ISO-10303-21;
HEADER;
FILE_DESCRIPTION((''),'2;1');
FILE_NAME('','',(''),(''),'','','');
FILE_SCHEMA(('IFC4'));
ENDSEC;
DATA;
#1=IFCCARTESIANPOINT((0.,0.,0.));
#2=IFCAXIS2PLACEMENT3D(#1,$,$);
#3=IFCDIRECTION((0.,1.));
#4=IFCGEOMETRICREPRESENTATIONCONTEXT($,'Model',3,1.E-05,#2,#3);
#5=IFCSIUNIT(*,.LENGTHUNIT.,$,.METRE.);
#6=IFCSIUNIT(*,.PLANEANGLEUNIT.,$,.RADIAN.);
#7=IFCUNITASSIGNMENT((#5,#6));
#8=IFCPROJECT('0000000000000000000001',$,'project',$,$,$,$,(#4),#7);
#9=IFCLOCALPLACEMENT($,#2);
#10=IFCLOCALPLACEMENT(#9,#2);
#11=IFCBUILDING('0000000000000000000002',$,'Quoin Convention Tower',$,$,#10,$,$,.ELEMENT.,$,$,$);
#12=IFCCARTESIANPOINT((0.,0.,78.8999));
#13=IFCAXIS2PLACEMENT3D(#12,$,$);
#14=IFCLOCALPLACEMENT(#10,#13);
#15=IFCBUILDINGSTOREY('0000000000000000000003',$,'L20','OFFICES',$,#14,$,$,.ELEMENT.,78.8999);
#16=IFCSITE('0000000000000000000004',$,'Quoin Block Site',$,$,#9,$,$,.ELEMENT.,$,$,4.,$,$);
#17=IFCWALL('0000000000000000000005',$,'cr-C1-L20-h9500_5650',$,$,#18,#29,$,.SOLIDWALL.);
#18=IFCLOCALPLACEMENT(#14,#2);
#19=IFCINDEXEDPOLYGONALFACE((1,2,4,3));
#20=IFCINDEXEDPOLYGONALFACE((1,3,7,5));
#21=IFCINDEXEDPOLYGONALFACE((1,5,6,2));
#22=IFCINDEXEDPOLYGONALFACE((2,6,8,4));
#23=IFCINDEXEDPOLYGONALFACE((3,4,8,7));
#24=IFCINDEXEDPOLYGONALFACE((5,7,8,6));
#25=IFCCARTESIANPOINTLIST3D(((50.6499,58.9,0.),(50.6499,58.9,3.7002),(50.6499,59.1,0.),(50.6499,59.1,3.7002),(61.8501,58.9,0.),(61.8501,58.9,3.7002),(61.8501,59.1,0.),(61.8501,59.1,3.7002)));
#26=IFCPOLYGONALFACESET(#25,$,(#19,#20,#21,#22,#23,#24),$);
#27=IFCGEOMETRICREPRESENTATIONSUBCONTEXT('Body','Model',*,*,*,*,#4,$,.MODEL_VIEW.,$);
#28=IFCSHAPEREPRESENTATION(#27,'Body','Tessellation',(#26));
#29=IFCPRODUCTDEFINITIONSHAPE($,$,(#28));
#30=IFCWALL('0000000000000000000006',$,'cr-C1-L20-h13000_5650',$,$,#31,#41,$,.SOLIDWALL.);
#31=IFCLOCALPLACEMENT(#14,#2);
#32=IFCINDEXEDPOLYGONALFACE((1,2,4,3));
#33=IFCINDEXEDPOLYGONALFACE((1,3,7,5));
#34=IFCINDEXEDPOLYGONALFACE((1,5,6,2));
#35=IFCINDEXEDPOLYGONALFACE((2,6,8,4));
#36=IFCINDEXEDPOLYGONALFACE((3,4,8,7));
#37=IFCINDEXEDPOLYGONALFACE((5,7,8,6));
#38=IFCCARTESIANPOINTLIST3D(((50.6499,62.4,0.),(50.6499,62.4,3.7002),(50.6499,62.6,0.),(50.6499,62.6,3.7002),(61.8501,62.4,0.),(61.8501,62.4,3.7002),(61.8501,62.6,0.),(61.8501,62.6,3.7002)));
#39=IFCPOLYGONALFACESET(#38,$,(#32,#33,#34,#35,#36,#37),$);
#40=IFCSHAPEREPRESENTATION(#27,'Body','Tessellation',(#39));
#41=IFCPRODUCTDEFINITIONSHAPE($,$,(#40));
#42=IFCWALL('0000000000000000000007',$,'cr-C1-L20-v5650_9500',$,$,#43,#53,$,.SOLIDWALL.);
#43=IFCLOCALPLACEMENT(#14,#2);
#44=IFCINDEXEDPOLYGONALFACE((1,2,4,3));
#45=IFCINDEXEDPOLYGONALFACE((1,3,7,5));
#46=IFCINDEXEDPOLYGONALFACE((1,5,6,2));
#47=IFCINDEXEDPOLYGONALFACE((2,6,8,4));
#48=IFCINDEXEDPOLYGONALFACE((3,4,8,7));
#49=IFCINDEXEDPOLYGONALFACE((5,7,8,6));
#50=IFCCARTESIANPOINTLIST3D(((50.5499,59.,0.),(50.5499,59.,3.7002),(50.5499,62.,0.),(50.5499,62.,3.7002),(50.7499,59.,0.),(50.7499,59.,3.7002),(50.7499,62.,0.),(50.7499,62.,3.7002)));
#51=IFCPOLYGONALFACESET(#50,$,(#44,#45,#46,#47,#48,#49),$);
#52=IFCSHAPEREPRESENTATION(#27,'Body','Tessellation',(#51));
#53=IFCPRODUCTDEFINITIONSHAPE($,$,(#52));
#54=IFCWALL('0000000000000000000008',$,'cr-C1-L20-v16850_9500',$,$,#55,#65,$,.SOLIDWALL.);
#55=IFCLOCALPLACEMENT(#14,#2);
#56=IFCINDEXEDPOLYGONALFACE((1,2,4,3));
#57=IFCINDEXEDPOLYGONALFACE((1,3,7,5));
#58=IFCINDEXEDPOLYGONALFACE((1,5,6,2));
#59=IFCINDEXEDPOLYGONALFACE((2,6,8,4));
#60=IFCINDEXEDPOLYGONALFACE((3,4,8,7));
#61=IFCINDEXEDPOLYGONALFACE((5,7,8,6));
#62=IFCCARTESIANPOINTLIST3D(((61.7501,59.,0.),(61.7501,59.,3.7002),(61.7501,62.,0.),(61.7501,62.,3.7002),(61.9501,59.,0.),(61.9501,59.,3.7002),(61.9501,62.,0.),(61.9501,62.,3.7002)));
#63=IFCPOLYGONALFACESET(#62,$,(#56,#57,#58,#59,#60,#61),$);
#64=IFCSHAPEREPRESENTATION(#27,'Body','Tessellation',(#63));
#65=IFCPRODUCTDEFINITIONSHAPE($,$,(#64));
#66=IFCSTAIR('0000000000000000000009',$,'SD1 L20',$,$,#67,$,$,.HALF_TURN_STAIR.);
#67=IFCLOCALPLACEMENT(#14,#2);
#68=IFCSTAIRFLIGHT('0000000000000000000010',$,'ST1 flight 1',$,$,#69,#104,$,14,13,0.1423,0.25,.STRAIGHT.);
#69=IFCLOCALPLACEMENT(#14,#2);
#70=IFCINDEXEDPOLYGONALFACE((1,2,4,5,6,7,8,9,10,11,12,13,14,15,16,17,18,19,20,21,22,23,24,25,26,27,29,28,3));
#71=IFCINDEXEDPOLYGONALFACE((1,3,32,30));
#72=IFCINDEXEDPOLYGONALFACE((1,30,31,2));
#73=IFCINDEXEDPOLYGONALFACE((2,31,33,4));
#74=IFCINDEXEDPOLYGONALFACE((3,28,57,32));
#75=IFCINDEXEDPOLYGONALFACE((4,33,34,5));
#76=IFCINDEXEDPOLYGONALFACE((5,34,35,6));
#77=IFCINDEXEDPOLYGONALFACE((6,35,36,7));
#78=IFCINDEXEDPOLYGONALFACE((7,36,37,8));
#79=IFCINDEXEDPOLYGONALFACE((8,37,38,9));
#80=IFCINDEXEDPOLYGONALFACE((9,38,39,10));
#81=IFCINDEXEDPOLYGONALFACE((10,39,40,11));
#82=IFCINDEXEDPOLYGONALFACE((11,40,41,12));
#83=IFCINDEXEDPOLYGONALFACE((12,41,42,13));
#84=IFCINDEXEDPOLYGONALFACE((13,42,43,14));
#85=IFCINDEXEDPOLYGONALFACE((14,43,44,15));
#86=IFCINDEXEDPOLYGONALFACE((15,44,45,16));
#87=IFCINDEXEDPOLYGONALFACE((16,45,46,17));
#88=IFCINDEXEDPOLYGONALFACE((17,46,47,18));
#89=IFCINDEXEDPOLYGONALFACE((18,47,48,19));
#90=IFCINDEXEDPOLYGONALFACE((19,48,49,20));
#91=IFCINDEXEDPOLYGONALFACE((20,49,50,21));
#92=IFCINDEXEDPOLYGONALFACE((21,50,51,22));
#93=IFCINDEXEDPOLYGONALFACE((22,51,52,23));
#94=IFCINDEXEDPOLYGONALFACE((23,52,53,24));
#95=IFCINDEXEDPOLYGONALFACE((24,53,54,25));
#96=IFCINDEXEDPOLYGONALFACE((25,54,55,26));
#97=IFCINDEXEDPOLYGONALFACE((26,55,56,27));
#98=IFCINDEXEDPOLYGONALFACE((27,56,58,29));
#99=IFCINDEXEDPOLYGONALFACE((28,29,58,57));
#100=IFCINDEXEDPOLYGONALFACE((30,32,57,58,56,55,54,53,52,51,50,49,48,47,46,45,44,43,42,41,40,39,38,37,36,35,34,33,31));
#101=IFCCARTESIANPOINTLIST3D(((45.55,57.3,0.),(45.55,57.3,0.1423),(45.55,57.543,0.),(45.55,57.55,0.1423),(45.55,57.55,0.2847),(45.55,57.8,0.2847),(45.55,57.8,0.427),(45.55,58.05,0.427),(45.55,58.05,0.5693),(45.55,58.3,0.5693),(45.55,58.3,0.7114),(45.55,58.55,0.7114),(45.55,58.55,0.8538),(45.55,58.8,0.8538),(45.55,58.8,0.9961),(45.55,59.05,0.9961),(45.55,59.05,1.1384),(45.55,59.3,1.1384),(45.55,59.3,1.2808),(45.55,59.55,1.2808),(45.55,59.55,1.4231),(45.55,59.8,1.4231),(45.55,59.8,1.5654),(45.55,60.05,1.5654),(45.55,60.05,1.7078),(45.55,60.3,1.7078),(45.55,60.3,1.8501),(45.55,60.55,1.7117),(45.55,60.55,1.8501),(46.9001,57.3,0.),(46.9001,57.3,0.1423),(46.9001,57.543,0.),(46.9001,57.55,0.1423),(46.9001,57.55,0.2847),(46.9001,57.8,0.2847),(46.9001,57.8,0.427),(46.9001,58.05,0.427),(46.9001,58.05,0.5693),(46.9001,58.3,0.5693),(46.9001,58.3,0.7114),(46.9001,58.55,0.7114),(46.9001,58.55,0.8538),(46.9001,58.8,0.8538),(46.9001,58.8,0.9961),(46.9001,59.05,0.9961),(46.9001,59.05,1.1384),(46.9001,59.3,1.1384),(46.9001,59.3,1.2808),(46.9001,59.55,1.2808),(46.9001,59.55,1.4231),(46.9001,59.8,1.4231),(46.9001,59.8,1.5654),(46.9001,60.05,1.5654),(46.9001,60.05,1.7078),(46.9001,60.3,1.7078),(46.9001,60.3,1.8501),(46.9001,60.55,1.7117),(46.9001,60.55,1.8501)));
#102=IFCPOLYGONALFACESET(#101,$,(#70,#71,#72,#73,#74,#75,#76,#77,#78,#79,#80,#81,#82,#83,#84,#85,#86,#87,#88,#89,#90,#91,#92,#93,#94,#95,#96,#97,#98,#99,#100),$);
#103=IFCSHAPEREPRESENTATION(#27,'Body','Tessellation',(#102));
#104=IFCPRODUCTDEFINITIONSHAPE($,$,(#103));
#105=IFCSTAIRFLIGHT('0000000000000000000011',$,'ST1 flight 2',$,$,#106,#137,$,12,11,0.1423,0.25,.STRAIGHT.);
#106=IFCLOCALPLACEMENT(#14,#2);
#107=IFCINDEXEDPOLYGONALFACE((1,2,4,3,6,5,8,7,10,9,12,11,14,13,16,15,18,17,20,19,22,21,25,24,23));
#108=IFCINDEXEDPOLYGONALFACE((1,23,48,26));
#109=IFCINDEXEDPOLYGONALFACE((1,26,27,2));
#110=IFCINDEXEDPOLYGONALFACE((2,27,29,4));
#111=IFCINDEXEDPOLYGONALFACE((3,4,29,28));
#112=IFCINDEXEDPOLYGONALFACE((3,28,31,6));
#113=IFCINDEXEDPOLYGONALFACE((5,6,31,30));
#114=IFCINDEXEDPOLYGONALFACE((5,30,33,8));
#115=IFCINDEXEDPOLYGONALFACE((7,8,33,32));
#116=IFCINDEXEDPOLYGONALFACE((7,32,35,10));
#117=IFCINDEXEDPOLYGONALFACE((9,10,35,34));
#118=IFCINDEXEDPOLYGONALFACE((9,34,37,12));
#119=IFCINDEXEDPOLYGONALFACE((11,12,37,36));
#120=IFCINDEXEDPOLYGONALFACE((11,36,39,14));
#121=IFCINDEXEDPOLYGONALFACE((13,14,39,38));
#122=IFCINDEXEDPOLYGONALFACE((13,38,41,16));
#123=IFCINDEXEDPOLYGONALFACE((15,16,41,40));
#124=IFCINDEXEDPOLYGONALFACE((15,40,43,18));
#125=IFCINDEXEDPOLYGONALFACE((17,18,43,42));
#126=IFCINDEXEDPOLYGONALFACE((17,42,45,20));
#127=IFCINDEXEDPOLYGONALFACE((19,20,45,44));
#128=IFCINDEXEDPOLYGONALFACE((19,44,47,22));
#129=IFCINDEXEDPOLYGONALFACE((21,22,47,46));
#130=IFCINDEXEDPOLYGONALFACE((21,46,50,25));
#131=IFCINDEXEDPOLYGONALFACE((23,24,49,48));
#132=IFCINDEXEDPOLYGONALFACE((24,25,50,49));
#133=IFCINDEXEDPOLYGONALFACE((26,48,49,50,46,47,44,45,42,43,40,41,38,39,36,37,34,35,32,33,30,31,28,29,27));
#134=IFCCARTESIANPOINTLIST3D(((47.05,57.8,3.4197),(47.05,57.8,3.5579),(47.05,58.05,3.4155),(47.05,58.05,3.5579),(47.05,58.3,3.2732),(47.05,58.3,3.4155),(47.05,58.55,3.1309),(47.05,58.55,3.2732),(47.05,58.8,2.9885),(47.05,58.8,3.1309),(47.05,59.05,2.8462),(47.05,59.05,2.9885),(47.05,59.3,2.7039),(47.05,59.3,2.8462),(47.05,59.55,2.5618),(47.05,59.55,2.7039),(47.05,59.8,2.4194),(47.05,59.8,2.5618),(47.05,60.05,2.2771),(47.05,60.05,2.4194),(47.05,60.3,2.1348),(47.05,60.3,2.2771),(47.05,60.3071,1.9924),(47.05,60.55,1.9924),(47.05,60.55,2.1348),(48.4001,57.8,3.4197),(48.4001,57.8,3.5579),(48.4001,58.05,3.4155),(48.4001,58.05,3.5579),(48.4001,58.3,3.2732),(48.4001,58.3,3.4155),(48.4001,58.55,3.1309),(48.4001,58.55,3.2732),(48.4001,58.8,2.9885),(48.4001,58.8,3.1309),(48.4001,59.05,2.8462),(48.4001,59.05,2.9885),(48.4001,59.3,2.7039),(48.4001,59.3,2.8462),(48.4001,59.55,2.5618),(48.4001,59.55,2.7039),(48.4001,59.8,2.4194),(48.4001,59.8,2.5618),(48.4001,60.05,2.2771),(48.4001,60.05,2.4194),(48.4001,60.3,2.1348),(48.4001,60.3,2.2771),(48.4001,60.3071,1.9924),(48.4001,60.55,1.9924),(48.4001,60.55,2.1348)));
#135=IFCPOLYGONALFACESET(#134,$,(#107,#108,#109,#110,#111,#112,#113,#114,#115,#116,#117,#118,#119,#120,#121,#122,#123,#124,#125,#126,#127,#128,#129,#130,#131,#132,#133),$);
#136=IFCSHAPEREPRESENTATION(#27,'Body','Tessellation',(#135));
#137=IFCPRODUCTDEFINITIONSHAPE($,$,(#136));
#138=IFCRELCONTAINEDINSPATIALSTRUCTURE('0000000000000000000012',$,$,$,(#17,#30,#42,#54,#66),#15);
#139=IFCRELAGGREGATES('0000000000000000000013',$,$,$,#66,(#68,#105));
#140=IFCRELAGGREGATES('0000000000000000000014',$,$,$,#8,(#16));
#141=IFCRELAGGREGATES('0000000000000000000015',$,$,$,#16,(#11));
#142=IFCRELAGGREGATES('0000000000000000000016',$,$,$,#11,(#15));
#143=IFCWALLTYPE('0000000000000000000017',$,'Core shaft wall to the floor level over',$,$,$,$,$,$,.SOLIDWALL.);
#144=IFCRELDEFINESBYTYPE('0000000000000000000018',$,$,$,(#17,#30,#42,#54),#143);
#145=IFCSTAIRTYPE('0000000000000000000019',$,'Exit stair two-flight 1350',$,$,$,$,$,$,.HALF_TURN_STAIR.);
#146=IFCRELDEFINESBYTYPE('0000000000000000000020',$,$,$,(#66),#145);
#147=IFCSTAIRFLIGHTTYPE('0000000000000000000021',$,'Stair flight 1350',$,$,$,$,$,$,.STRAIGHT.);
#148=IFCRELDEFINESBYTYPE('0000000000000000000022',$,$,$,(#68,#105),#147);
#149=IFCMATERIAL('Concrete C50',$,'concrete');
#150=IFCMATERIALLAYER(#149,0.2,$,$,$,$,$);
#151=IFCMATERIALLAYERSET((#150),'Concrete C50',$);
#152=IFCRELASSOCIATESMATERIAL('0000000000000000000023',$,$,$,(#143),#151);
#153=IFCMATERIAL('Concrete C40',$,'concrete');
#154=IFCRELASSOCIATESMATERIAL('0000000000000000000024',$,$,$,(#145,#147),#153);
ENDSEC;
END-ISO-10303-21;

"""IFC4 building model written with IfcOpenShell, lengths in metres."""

from ifc_helpers import new_model, si_unit, direction, frame, frame_2d, origin, place, context, subcontext, project, spatial, polyline, rectangle, outline, extrude, material, layer, layer_set, type_object, element, aggregate, save


model = new_model("IFC4")

# Units and contexts
model_context = context("Model", 3, precision=1e-05, world=origin(), true_north=direction((0.0, 1.0)))
body_context = subcontext(model_context, "Body", "Model", "MODEL_VIEW")
ifc_project = project(units=[si_unit("LENGTHUNIT", "METRE"), si_unit("PLANEANGLEUNIT", "RADIAN")], contexts=[model_context])

# Site, building, storey
site_placement = place(None, origin())
site = spatial("IfcSite", under=ifc_project, at=site_placement, Name="Quoin Block Site", CompositionType="ELEMENT", RefElevation=4.0)
building_placement = place(site_placement, origin())
building = spatial("IfcBuilding", under=site, at=building_placement, Name="Quoin Convention Tower", CompositionType="ELEMENT")
storey_placement = place(building_placement, frame((0.0, 0.0, 78.8999)))
storey = spatial("IfcBuildingStorey", under=building, at=storey_placement, Name="L20", Description="OFFICES", CompositionType="ELEMENT", Elevation=78.8999)

# Shared definitions
ifc_material_1 = material(Name="Concrete C50", Category="concrete")

# Walls
ifc_layer_1 = layer(ifc_material_1, 0.2)
ifc_layer_set_1 = layer_set([ifc_layer_1], Name="Concrete C50")
wall_type_1 = type_object("IfcWallType", Name="Core shaft wall to the floor level over", PredefinedType="SOLIDWALL", material=ifc_layer_set_1)
for number, where, z_axis, x_axis, name in (
    (1, (50.6499, 59.0, 0.0), (0.0, 0.0, 1.0), (1.0, 0.0, 0.0), "cr-C1-L20-h9500_5650"),
    (2, (50.6499, 62.5, 0.0), (0.0, 0.0, 1.0), (1.0, 0.0, 0.0), "cr-C1-L20-h13000_5650"),
):
    element("IfcWall", number, at=place(storey_placement, frame(where, z_axis=z_axis, x_axis=x_axis)), inside=storey, type_object=wall_type_1, Name=name, PredefinedType="SOLIDWALL", context=body_context, shape_type="SweptSolid", body=[
        extrude(rectangle(XDim=11.2002, YDim=0.2, at=frame_2d((5.6001, 0.0))), origin(), (0.0, 0.0, 1.0), 3.7002),
    ])
for number, where, z_axis, x_axis, name in (
    (3, (50.6499, 59.0, 0.0), (0.0, 0.0, 1.0), (0.0, 1.0, 0.0), "cr-C1-L20-v5650_9500"),
    (4, (61.8501, 59.0, 0.0), (0.0, 0.0, 1.0), (0.0, 1.0, 0.0), "cr-C1-L20-v16850_9500"),
):
    element("IfcWall", number, at=place(storey_placement, frame(where, z_axis=z_axis, x_axis=x_axis)), inside=storey, type_object=wall_type_1, Name=name, PredefinedType="SOLIDWALL", context=body_context, shape_type="SweptSolid", body=[
        extrude(rectangle(XDim=3.0, YDim=0.2, at=frame_2d((1.5, 0.0))), origin(), (0.0, 0.0, 1.0), 3.7002),
    ])

# Stair, stair flights
ifc_material_2 = material(Name="Concrete C40", Category="concrete")
stair_type = type_object("IfcStairType", Name="Exit stair two-flight 1350", PredefinedType="HALF_TURN_STAIR", material=ifc_material_2)
stair_placement = place(storey_placement, origin())
stair = element("IfcStair", 5, at=stair_placement, inside=storey, type_object=stair_type, Name="SD1 L20", PredefinedType="HALF_TURN_STAIR")
stair_flight_type = type_object("IfcStairFlightType", Name="Stair flight 1350", PredefinedType="STRAIGHT", material=ifc_material_2)
stair_flight_1_placement = place(storey_placement, frame((46.2251, 57.3, 0.0), z_axis=(0.0, 0.0, 1.0), x_axis=(0.0, 1.0, 0.0)))
stair_flight_1 = element("IfcStairFlight", 6, at=stair_flight_1_placement, type_object=stair_flight_type, Name="ST1 flight 1", NumberOfRisers=14, NumberOfTreads=13, PredefinedType="STRAIGHT", RiserHeight=0.1423, TreadLength=0.25, context=body_context, shape_type="SweptSolid", body=[
    extrude(outline(polyline([(0.0, 0.0), (0.0, 0.1423), (0.25, 0.1423), (0.25, 0.2847), (0.5, 0.2847), (0.5, 0.427), (0.75, 0.427), (0.75, 0.5693), (1.0, 0.5693), (1.0, 0.7114), (1.25, 0.7114), (1.25, 0.8538), (1.5, 0.8538), (1.5, 0.9961), (1.75, 0.9961), (1.75, 1.1384), (2.0, 1.1384), (2.0, 1.2808), (2.25, 1.2808), (2.25, 1.4231), (2.5, 1.4231), (2.5, 1.5654), (2.75, 1.5654), (2.75, 1.7078), (3.0, 1.7078), (3.0, 1.8501), (3.25, 1.8501), (3.25, 1.9922), (3.25, 1.7117), (0.2429, 0.0), (0.0, 0.0)])), frame((0.0, 0.675, 0.0), z_axis=(0.0, -1.0, 0.0), x_axis=(1.0, 0.0, 0.0)), (0.0, 0.0, 1.0), 1.3501),
])
stair_flight_2_placement = place(storey_placement, frame((47.7251, 60.55, 1.9924), z_axis=(0.0, 0.0, 1.0), x_axis=(0.0, -1.0, 0.0)))
stair_flight_2 = element("IfcStairFlight", 7, at=stair_flight_2_placement, type_object=stair_flight_type, Name="ST1 flight 2", NumberOfRisers=12, NumberOfTreads=11, PredefinedType="STRAIGHT", RiserHeight=0.1423, TreadLength=0.25, context=body_context, shape_type="SweptSolid", body=[
    extrude(outline(polyline([(0.0, 0.0), (0.0, 0.1423), (0.25, 0.1423), (0.25, 0.2847), (0.5, 0.2847), (0.5, 0.427), (0.75, 0.427), (0.75, 0.5693), (1.0, 0.5693), (1.0, 0.7114), (1.25, 0.7114), (1.25, 0.8538), (1.5, 0.8538), (1.5, 0.9961), (1.75, 0.9961), (1.75, 1.1384), (2.0, 1.1384), (2.0, 1.2808), (2.25, 1.2808), (2.25, 1.4231), (2.5, 1.4231), (2.5, 1.5654), (2.75, 1.5654), (2.75, 1.7078), (2.75, 1.4272), (0.2429, 0.0), (0.0, 0.0)])), frame((0.0, 0.675, 0.0), z_axis=(0.0, -1.0, 0.0), x_axis=(1.0, 0.0, 0.0)), (0.0, 0.0, 1.0), 1.3501),
])
aggregate(stair, [stair_flight_1, stair_flight_2])

save(model, "model.ifc")
